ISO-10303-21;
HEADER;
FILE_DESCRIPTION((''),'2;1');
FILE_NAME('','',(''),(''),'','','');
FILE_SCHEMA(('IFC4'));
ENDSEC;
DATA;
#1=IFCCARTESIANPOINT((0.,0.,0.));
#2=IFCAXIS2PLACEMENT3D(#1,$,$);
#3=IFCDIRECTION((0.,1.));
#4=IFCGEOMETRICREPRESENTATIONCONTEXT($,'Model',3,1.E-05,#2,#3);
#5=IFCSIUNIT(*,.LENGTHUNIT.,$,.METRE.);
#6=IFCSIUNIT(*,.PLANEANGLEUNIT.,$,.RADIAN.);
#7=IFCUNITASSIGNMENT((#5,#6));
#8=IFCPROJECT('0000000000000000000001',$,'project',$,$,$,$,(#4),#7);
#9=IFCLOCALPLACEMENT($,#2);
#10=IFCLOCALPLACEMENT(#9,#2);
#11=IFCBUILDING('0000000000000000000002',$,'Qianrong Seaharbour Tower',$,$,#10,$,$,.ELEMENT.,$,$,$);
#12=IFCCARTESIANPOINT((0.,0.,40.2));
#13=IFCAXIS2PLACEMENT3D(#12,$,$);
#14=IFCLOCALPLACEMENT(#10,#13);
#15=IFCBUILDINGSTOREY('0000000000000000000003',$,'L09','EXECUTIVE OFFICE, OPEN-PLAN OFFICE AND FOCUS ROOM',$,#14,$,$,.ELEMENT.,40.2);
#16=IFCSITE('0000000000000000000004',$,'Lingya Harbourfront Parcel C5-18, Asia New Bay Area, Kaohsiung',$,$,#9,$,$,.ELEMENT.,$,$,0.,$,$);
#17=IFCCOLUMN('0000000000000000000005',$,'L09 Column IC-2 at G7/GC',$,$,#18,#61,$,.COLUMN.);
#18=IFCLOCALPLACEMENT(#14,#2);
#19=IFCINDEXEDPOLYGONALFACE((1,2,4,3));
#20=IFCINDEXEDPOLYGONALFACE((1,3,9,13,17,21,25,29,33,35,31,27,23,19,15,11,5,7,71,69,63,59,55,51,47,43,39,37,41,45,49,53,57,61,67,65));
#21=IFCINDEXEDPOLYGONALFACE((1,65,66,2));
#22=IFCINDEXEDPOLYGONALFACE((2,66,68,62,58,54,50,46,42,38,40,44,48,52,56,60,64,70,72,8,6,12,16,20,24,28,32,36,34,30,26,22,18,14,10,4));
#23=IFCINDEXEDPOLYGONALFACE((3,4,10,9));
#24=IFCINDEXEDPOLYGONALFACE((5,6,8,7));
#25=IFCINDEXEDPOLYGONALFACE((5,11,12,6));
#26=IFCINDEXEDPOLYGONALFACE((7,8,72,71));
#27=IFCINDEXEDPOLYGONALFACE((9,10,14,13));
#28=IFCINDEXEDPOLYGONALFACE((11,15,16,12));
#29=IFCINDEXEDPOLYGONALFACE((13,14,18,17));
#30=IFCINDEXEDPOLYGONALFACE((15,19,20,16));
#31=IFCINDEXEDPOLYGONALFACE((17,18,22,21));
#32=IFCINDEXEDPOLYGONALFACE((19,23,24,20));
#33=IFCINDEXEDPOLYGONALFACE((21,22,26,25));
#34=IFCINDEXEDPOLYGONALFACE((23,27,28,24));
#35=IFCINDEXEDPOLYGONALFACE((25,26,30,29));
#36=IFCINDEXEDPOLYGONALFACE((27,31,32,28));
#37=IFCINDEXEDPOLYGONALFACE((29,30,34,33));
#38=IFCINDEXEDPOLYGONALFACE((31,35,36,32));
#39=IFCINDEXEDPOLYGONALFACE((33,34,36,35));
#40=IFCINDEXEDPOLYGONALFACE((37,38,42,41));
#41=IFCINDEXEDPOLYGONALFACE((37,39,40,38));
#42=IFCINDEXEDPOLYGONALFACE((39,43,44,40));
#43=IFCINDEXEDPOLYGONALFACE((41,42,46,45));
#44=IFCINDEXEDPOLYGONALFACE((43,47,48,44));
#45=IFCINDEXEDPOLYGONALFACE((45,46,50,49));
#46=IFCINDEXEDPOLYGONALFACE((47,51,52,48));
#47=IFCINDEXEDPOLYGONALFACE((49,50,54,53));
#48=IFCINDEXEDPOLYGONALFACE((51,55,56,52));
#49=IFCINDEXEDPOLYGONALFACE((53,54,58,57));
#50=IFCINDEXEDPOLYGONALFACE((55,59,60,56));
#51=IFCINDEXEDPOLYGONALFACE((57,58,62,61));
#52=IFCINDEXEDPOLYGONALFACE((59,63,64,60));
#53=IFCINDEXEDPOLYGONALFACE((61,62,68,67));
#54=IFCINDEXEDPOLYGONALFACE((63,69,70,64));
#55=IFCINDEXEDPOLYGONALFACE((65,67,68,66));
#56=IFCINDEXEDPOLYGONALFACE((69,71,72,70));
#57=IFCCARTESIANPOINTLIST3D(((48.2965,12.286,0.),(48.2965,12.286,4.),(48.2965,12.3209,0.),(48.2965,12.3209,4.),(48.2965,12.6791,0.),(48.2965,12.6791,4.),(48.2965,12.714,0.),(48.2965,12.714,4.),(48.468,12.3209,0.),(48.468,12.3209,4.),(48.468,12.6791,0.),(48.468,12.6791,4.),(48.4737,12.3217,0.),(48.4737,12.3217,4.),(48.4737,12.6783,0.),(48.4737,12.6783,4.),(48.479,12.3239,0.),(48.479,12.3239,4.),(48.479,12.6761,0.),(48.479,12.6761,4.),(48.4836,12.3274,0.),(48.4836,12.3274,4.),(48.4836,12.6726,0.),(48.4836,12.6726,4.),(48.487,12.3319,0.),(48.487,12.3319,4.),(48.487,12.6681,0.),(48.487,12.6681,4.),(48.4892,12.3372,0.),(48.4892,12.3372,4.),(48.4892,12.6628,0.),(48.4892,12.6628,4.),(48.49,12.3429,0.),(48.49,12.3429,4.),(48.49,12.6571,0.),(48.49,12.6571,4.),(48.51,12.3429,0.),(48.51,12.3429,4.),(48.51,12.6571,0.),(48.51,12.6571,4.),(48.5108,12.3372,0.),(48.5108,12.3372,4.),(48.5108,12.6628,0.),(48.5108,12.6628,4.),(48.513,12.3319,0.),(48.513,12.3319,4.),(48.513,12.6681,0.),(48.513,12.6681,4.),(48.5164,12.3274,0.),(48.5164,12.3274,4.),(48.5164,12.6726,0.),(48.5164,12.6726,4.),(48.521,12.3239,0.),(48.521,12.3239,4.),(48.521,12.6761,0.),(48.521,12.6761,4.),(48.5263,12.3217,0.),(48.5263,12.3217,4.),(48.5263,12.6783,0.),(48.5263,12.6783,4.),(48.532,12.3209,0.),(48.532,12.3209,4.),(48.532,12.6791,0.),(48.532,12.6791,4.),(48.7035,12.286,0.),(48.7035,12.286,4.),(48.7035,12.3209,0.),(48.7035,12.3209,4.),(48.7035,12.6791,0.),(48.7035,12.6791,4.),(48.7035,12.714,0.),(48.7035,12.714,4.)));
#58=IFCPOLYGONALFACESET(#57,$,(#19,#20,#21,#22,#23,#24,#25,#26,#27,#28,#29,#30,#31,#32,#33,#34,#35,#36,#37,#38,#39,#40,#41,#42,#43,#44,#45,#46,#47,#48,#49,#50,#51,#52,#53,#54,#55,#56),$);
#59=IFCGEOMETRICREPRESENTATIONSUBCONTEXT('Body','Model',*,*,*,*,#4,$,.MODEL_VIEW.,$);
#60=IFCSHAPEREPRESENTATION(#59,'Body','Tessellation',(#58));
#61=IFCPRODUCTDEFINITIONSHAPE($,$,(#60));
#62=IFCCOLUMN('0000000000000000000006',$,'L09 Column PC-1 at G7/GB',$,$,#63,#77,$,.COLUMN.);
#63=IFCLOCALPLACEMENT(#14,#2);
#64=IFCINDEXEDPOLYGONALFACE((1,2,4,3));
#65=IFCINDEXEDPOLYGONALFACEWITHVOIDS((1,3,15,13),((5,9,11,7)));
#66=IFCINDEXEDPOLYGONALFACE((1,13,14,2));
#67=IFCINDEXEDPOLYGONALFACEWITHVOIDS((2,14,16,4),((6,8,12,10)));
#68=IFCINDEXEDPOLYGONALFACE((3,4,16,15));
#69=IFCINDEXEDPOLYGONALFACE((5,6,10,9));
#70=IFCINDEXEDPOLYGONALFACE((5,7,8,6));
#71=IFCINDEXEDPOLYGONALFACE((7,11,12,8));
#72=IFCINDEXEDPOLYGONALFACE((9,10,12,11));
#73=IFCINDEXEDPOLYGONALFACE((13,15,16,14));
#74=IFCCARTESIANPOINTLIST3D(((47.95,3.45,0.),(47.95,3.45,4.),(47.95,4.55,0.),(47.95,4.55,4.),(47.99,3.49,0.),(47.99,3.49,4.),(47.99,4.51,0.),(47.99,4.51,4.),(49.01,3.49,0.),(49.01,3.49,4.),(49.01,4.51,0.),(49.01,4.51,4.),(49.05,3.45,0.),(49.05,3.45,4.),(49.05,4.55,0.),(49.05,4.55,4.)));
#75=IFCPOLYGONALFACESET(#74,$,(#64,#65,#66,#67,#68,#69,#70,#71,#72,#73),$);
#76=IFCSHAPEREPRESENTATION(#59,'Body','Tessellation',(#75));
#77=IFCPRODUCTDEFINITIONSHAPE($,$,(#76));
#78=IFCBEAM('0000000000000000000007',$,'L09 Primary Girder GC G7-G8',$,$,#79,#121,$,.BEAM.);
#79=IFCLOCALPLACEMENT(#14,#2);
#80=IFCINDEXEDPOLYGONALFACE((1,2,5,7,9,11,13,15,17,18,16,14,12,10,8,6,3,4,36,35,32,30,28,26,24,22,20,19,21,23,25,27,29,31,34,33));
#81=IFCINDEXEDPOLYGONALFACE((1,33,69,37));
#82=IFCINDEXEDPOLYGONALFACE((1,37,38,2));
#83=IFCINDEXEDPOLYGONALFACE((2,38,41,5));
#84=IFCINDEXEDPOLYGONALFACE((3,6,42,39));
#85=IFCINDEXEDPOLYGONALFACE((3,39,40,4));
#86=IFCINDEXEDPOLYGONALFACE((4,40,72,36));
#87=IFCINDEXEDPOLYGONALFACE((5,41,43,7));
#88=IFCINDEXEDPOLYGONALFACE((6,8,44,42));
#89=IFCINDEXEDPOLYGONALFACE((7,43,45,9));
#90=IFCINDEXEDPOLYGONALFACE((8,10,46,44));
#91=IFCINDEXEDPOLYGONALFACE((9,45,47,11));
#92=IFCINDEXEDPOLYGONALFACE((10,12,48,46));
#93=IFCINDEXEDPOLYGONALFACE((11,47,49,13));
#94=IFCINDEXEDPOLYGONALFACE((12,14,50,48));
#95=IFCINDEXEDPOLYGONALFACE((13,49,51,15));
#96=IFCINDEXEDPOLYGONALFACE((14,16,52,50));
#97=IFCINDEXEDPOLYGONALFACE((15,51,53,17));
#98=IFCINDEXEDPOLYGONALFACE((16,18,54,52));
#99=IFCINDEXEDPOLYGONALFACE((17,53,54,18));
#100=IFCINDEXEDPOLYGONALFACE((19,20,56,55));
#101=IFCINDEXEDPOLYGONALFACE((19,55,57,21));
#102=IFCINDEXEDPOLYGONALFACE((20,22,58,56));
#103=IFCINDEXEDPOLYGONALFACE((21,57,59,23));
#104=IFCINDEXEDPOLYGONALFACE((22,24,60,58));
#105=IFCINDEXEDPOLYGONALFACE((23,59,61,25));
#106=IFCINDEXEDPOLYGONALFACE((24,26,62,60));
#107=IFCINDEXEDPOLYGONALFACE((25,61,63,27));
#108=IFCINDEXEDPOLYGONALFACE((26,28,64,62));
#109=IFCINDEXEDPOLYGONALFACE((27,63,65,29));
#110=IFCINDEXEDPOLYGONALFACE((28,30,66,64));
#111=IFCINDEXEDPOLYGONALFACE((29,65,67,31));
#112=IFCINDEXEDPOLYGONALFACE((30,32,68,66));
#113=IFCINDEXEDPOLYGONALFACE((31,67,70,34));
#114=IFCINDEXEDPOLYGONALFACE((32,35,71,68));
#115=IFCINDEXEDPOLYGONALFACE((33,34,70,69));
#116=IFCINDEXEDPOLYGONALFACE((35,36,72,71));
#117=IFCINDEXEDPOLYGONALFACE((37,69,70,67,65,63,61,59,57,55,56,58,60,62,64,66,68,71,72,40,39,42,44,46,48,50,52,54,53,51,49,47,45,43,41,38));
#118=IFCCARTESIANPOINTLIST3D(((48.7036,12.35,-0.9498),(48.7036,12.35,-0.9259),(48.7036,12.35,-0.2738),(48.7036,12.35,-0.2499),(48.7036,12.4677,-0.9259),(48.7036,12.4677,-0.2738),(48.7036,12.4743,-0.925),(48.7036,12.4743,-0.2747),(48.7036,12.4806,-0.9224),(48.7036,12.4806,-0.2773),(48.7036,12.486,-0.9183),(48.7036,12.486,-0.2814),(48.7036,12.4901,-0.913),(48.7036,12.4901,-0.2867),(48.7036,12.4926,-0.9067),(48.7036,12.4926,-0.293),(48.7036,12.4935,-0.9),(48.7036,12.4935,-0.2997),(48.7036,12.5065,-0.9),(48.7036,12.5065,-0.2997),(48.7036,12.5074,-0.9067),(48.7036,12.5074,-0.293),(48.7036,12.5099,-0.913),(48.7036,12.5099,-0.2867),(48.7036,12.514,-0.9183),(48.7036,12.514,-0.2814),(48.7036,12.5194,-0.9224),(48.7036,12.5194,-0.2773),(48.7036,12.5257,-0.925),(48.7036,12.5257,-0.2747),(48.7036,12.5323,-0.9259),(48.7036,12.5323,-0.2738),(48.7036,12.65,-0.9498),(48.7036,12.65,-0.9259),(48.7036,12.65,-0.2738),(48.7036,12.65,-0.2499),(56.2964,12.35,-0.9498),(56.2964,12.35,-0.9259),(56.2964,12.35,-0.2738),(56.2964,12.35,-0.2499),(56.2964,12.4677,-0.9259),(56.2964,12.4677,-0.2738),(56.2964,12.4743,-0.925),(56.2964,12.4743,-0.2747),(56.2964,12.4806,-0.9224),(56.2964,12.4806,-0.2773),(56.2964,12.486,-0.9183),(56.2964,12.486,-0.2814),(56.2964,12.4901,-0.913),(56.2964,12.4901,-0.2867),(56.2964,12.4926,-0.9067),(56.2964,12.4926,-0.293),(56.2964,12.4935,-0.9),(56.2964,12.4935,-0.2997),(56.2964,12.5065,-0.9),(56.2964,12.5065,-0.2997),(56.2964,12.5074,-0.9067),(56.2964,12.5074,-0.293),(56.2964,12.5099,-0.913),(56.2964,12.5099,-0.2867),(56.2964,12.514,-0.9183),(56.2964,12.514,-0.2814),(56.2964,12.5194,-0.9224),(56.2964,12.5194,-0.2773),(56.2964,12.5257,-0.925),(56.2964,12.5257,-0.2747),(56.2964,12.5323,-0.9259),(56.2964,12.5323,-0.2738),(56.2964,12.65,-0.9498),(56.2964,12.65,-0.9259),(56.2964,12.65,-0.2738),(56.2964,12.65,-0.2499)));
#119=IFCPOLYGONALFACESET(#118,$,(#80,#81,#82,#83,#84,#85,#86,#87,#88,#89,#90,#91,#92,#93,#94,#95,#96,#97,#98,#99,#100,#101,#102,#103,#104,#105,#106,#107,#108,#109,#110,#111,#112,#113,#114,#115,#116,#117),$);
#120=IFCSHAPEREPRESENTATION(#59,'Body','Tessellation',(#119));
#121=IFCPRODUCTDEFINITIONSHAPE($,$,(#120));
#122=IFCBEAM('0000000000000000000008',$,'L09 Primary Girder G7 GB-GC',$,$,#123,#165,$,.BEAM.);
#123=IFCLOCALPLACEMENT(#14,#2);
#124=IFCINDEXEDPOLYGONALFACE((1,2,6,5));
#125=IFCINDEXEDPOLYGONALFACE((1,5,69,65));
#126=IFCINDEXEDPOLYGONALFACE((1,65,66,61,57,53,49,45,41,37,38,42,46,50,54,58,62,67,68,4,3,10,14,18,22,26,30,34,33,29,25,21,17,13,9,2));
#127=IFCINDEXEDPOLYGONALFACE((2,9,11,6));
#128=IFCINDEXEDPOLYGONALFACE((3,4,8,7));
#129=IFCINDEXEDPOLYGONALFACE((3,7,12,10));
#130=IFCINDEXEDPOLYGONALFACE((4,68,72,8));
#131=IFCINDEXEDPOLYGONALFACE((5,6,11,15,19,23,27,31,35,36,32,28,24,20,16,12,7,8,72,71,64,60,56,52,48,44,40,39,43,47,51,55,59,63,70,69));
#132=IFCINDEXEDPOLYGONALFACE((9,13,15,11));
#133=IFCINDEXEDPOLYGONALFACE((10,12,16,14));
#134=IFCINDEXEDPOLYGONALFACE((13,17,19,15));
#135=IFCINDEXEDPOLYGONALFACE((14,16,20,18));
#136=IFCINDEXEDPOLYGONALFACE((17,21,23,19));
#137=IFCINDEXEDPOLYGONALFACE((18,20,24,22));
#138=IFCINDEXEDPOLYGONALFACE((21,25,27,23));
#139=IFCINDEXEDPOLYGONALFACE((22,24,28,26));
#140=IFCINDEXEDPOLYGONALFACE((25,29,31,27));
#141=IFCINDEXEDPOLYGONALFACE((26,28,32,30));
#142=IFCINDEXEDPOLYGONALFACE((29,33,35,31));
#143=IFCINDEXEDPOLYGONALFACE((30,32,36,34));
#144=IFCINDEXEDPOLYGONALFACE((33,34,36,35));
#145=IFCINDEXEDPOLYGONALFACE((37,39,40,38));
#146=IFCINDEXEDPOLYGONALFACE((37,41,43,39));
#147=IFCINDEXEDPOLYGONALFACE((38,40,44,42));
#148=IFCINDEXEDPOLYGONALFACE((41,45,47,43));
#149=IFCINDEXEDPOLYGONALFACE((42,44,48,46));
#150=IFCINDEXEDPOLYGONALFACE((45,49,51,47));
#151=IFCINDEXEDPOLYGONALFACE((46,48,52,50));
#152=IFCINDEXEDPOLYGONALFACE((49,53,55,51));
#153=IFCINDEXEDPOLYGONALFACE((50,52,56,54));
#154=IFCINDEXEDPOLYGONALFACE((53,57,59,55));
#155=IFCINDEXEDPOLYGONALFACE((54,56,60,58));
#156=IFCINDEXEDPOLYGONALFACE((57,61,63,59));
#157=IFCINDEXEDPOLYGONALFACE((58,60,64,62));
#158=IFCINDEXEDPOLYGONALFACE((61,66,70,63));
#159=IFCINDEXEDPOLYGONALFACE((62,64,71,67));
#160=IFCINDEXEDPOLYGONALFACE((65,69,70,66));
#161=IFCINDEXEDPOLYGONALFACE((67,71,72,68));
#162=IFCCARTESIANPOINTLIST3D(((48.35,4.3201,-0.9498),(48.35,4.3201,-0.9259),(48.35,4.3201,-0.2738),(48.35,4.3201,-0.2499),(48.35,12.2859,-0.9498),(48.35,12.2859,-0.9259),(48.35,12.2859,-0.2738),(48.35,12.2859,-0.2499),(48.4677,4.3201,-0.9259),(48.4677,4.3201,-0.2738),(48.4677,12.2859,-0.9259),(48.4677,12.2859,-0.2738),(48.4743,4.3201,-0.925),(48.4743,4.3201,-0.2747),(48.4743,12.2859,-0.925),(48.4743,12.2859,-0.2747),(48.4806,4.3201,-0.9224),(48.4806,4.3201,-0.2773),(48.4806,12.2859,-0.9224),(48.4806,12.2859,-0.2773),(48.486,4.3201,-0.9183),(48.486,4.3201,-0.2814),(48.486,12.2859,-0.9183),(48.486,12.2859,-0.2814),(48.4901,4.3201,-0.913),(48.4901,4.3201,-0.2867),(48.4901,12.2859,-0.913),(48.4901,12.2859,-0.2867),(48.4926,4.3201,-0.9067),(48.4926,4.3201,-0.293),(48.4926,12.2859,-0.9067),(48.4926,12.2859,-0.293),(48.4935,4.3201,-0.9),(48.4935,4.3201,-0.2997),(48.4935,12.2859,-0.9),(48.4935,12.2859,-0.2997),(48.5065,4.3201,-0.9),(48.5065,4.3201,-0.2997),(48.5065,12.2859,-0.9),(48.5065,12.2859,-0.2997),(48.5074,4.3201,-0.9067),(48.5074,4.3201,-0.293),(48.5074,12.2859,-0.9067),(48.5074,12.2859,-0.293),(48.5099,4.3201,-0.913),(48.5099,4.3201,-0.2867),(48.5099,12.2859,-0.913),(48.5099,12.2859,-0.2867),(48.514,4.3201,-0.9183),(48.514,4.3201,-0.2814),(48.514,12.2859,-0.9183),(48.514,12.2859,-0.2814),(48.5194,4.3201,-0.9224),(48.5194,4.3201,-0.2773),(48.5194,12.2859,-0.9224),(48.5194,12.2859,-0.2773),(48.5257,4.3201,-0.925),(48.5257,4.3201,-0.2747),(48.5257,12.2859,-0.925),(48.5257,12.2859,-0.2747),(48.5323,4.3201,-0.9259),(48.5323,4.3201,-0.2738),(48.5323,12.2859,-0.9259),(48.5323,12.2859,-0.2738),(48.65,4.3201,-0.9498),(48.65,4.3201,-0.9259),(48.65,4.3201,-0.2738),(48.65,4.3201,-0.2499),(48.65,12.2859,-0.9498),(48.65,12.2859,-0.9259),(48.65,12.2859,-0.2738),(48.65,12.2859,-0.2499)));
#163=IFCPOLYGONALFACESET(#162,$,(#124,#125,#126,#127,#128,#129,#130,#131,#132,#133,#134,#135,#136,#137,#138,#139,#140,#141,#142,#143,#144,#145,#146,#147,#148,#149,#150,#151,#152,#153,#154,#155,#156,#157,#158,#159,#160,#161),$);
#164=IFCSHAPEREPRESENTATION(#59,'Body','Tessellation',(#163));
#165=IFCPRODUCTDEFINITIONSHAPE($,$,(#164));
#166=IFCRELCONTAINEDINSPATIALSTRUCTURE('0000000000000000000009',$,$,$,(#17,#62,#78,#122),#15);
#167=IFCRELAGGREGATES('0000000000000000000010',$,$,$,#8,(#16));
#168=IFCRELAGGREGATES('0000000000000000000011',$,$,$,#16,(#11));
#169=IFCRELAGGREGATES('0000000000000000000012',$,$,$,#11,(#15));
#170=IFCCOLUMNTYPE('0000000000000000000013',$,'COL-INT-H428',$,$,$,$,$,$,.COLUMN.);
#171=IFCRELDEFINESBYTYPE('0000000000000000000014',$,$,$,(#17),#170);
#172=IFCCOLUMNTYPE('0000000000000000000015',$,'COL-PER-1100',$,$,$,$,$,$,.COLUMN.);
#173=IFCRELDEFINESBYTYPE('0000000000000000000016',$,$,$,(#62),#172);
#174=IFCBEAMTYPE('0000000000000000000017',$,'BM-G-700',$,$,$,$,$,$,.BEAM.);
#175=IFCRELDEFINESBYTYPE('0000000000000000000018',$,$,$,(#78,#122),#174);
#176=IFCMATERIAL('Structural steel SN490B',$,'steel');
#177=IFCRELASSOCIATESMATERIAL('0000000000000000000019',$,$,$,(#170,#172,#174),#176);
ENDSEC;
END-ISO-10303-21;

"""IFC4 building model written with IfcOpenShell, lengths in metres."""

from ifc_helpers import new_model, si_unit, direction, frame, origin, origin_2d, place, context, subcontext, project, spatial, hollow_rectangle, i_section, extrude, material, material_profile, profile_set, type_object, element, save


model = new_model("IFC4")

# Units and contexts
model_context = context("Model", 3, precision=1e-05, world=origin(), true_north=direction((0.0, 1.0)))
body_context = subcontext(model_context, "Body", "Model", "MODEL_VIEW")
ifc_project = project(units=[si_unit("LENGTHUNIT", "METRE"), si_unit("PLANEANGLEUNIT", "RADIAN")], contexts=[model_context])

# Site, building, storey
site_placement = place(None, origin())
site = spatial("IfcSite", under=ifc_project, at=site_placement, Name="Lingya Harbourfront Parcel C5-18, Asia New Bay Area, Kaohsiung", CompositionType="ELEMENT", RefElevation=0.0)
building_placement = place(site_placement, origin())
building = spatial("IfcBuilding", under=site, at=building_placement, Name="Qianrong Seaharbour Tower", CompositionType="ELEMENT")
storey_placement = place(building_placement, frame((0.0, 0.0, 40.2)))
storey = spatial("IfcBuildingStorey", under=building, at=storey_placement, Name="L09", Description="EXECUTIVE OFFICE, OPEN-PLAN OFFICE AND FOCUS ROOM", CompositionType="ELEMENT", Elevation=40.2)

# Columns
ifc_material_1 = material(Name="Structural steel SN490B", Category="steel")
ifc_material_profile_1 = material_profile(ifc_material_1, i_section(OverallWidth=0.407, OverallDepth=0.428, WebThickness=0.02, FlangeThickness=0.0349, FilletRadius=0.022, at=origin_2d()), Name="H428x407x20x35")
ifc_profile_set_1 = profile_set([ifc_material_profile_1], Name="Structural steel SN490B")
column_type_1 = type_object("IfcColumnType", Name="COL-INT-H428", PredefinedType="COLUMN", material=ifc_profile_set_1)
column_1_placement = place(storey_placement, frame((48.5, 12.5, 0.0), z_axis=(0.0, 0.0, 1.0), x_axis=(1.0, 0.0, 0.0)))
element("IfcColumn", 1, at=column_1_placement, inside=storey, type_object=column_type_1, Name="L09 Column IC-2 at G7/GC", PredefinedType="COLUMN", context=body_context, shape_type="SweptSolid", body=[
    extrude(i_section(OverallWidth=0.407, OverallDepth=0.428, WebThickness=0.02, FlangeThickness=0.0349, FilletRadius=0.022, at=origin_2d()), origin(), (0.0, 0.0, 1.0), 4.0),
])
ifc_material_profile_2 = material_profile(ifc_material_1, hollow_rectangle(XDim=1.1001, YDim=1.1001, WallThickness=0.04, at=origin_2d()), Name="BOX1100x1100x40")
ifc_profile_set_2 = profile_set([ifc_material_profile_2], Name="Structural steel SN490B")
column_type_2 = type_object("IfcColumnType", Name="COL-PER-1100", PredefinedType="COLUMN", material=ifc_profile_set_2)
column_2_placement = place(storey_placement, frame((48.5, 4.0, 0.0), z_axis=(0.0, 0.0, 1.0), x_axis=(1.0, 0.0, 0.0)))
element("IfcColumn", 2, at=column_2_placement, inside=storey, type_object=column_type_2, Name="L09 Column PC-1 at G7/GB", PredefinedType="COLUMN", context=body_context, shape_type="SweptSolid", body=[
    extrude(hollow_rectangle(XDim=1.1001, YDim=1.1001, WallThickness=0.04, at=origin_2d()), origin(), (0.0, 0.0, 1.0), 4.0),
])

# Beams
ifc_material_profile_3 = material_profile(ifc_material_1, i_section(OverallWidth=0.3, OverallDepth=0.7, WebThickness=0.0129, FlangeThickness=0.0239, FilletRadius=0.0259, at=origin_2d()), Name="H700x300x13x24")
ifc_profile_set_3 = profile_set([ifc_material_profile_3], Name="Structural steel SN490B")
beam_type_1 = type_object("IfcBeamType", Name="BM-G-700", PredefinedType="BEAM", material=ifc_profile_set_3)
beam_1_placement = place(storey_placement, frame((48.7036, 12.5, -0.5999), z_axis=(1.0, 0.0, 0.0), x_axis=(0.0, 1.0, 0.0)))
element("IfcBeam", 3, at=beam_1_placement, inside=storey, type_object=beam_type_1, Name="L09 Primary Girder GC G7-G8", PredefinedType="BEAM", context=body_context, shape_type="SweptSolid", body=[
    extrude(i_section(OverallWidth=0.3, OverallDepth=0.7, WebThickness=0.0129, FlangeThickness=0.0239, FilletRadius=0.0259, at=origin_2d()), origin(), (0.0, 0.0, 1.0), 7.5928),
])
beam_2_placement = place(storey_placement, frame((48.5, 4.3201, -0.5999), z_axis=(0.0, 1.0, 0.0), x_axis=(-1.0, 0.0, 0.0)))
element("IfcBeam", 4, at=beam_2_placement, inside=storey, type_object=beam_type_1, Name="L09 Primary Girder G7 GB-GC", PredefinedType="BEAM", context=body_context, shape_type="SweptSolid", body=[
    extrude(i_section(OverallWidth=0.3, OverallDepth=0.7, WebThickness=0.0129, FlangeThickness=0.0239, FilletRadius=0.0259, at=origin_2d()), origin(), (0.0, 0.0, 1.0), 7.9658),
])

save(model, "model.ifc")
